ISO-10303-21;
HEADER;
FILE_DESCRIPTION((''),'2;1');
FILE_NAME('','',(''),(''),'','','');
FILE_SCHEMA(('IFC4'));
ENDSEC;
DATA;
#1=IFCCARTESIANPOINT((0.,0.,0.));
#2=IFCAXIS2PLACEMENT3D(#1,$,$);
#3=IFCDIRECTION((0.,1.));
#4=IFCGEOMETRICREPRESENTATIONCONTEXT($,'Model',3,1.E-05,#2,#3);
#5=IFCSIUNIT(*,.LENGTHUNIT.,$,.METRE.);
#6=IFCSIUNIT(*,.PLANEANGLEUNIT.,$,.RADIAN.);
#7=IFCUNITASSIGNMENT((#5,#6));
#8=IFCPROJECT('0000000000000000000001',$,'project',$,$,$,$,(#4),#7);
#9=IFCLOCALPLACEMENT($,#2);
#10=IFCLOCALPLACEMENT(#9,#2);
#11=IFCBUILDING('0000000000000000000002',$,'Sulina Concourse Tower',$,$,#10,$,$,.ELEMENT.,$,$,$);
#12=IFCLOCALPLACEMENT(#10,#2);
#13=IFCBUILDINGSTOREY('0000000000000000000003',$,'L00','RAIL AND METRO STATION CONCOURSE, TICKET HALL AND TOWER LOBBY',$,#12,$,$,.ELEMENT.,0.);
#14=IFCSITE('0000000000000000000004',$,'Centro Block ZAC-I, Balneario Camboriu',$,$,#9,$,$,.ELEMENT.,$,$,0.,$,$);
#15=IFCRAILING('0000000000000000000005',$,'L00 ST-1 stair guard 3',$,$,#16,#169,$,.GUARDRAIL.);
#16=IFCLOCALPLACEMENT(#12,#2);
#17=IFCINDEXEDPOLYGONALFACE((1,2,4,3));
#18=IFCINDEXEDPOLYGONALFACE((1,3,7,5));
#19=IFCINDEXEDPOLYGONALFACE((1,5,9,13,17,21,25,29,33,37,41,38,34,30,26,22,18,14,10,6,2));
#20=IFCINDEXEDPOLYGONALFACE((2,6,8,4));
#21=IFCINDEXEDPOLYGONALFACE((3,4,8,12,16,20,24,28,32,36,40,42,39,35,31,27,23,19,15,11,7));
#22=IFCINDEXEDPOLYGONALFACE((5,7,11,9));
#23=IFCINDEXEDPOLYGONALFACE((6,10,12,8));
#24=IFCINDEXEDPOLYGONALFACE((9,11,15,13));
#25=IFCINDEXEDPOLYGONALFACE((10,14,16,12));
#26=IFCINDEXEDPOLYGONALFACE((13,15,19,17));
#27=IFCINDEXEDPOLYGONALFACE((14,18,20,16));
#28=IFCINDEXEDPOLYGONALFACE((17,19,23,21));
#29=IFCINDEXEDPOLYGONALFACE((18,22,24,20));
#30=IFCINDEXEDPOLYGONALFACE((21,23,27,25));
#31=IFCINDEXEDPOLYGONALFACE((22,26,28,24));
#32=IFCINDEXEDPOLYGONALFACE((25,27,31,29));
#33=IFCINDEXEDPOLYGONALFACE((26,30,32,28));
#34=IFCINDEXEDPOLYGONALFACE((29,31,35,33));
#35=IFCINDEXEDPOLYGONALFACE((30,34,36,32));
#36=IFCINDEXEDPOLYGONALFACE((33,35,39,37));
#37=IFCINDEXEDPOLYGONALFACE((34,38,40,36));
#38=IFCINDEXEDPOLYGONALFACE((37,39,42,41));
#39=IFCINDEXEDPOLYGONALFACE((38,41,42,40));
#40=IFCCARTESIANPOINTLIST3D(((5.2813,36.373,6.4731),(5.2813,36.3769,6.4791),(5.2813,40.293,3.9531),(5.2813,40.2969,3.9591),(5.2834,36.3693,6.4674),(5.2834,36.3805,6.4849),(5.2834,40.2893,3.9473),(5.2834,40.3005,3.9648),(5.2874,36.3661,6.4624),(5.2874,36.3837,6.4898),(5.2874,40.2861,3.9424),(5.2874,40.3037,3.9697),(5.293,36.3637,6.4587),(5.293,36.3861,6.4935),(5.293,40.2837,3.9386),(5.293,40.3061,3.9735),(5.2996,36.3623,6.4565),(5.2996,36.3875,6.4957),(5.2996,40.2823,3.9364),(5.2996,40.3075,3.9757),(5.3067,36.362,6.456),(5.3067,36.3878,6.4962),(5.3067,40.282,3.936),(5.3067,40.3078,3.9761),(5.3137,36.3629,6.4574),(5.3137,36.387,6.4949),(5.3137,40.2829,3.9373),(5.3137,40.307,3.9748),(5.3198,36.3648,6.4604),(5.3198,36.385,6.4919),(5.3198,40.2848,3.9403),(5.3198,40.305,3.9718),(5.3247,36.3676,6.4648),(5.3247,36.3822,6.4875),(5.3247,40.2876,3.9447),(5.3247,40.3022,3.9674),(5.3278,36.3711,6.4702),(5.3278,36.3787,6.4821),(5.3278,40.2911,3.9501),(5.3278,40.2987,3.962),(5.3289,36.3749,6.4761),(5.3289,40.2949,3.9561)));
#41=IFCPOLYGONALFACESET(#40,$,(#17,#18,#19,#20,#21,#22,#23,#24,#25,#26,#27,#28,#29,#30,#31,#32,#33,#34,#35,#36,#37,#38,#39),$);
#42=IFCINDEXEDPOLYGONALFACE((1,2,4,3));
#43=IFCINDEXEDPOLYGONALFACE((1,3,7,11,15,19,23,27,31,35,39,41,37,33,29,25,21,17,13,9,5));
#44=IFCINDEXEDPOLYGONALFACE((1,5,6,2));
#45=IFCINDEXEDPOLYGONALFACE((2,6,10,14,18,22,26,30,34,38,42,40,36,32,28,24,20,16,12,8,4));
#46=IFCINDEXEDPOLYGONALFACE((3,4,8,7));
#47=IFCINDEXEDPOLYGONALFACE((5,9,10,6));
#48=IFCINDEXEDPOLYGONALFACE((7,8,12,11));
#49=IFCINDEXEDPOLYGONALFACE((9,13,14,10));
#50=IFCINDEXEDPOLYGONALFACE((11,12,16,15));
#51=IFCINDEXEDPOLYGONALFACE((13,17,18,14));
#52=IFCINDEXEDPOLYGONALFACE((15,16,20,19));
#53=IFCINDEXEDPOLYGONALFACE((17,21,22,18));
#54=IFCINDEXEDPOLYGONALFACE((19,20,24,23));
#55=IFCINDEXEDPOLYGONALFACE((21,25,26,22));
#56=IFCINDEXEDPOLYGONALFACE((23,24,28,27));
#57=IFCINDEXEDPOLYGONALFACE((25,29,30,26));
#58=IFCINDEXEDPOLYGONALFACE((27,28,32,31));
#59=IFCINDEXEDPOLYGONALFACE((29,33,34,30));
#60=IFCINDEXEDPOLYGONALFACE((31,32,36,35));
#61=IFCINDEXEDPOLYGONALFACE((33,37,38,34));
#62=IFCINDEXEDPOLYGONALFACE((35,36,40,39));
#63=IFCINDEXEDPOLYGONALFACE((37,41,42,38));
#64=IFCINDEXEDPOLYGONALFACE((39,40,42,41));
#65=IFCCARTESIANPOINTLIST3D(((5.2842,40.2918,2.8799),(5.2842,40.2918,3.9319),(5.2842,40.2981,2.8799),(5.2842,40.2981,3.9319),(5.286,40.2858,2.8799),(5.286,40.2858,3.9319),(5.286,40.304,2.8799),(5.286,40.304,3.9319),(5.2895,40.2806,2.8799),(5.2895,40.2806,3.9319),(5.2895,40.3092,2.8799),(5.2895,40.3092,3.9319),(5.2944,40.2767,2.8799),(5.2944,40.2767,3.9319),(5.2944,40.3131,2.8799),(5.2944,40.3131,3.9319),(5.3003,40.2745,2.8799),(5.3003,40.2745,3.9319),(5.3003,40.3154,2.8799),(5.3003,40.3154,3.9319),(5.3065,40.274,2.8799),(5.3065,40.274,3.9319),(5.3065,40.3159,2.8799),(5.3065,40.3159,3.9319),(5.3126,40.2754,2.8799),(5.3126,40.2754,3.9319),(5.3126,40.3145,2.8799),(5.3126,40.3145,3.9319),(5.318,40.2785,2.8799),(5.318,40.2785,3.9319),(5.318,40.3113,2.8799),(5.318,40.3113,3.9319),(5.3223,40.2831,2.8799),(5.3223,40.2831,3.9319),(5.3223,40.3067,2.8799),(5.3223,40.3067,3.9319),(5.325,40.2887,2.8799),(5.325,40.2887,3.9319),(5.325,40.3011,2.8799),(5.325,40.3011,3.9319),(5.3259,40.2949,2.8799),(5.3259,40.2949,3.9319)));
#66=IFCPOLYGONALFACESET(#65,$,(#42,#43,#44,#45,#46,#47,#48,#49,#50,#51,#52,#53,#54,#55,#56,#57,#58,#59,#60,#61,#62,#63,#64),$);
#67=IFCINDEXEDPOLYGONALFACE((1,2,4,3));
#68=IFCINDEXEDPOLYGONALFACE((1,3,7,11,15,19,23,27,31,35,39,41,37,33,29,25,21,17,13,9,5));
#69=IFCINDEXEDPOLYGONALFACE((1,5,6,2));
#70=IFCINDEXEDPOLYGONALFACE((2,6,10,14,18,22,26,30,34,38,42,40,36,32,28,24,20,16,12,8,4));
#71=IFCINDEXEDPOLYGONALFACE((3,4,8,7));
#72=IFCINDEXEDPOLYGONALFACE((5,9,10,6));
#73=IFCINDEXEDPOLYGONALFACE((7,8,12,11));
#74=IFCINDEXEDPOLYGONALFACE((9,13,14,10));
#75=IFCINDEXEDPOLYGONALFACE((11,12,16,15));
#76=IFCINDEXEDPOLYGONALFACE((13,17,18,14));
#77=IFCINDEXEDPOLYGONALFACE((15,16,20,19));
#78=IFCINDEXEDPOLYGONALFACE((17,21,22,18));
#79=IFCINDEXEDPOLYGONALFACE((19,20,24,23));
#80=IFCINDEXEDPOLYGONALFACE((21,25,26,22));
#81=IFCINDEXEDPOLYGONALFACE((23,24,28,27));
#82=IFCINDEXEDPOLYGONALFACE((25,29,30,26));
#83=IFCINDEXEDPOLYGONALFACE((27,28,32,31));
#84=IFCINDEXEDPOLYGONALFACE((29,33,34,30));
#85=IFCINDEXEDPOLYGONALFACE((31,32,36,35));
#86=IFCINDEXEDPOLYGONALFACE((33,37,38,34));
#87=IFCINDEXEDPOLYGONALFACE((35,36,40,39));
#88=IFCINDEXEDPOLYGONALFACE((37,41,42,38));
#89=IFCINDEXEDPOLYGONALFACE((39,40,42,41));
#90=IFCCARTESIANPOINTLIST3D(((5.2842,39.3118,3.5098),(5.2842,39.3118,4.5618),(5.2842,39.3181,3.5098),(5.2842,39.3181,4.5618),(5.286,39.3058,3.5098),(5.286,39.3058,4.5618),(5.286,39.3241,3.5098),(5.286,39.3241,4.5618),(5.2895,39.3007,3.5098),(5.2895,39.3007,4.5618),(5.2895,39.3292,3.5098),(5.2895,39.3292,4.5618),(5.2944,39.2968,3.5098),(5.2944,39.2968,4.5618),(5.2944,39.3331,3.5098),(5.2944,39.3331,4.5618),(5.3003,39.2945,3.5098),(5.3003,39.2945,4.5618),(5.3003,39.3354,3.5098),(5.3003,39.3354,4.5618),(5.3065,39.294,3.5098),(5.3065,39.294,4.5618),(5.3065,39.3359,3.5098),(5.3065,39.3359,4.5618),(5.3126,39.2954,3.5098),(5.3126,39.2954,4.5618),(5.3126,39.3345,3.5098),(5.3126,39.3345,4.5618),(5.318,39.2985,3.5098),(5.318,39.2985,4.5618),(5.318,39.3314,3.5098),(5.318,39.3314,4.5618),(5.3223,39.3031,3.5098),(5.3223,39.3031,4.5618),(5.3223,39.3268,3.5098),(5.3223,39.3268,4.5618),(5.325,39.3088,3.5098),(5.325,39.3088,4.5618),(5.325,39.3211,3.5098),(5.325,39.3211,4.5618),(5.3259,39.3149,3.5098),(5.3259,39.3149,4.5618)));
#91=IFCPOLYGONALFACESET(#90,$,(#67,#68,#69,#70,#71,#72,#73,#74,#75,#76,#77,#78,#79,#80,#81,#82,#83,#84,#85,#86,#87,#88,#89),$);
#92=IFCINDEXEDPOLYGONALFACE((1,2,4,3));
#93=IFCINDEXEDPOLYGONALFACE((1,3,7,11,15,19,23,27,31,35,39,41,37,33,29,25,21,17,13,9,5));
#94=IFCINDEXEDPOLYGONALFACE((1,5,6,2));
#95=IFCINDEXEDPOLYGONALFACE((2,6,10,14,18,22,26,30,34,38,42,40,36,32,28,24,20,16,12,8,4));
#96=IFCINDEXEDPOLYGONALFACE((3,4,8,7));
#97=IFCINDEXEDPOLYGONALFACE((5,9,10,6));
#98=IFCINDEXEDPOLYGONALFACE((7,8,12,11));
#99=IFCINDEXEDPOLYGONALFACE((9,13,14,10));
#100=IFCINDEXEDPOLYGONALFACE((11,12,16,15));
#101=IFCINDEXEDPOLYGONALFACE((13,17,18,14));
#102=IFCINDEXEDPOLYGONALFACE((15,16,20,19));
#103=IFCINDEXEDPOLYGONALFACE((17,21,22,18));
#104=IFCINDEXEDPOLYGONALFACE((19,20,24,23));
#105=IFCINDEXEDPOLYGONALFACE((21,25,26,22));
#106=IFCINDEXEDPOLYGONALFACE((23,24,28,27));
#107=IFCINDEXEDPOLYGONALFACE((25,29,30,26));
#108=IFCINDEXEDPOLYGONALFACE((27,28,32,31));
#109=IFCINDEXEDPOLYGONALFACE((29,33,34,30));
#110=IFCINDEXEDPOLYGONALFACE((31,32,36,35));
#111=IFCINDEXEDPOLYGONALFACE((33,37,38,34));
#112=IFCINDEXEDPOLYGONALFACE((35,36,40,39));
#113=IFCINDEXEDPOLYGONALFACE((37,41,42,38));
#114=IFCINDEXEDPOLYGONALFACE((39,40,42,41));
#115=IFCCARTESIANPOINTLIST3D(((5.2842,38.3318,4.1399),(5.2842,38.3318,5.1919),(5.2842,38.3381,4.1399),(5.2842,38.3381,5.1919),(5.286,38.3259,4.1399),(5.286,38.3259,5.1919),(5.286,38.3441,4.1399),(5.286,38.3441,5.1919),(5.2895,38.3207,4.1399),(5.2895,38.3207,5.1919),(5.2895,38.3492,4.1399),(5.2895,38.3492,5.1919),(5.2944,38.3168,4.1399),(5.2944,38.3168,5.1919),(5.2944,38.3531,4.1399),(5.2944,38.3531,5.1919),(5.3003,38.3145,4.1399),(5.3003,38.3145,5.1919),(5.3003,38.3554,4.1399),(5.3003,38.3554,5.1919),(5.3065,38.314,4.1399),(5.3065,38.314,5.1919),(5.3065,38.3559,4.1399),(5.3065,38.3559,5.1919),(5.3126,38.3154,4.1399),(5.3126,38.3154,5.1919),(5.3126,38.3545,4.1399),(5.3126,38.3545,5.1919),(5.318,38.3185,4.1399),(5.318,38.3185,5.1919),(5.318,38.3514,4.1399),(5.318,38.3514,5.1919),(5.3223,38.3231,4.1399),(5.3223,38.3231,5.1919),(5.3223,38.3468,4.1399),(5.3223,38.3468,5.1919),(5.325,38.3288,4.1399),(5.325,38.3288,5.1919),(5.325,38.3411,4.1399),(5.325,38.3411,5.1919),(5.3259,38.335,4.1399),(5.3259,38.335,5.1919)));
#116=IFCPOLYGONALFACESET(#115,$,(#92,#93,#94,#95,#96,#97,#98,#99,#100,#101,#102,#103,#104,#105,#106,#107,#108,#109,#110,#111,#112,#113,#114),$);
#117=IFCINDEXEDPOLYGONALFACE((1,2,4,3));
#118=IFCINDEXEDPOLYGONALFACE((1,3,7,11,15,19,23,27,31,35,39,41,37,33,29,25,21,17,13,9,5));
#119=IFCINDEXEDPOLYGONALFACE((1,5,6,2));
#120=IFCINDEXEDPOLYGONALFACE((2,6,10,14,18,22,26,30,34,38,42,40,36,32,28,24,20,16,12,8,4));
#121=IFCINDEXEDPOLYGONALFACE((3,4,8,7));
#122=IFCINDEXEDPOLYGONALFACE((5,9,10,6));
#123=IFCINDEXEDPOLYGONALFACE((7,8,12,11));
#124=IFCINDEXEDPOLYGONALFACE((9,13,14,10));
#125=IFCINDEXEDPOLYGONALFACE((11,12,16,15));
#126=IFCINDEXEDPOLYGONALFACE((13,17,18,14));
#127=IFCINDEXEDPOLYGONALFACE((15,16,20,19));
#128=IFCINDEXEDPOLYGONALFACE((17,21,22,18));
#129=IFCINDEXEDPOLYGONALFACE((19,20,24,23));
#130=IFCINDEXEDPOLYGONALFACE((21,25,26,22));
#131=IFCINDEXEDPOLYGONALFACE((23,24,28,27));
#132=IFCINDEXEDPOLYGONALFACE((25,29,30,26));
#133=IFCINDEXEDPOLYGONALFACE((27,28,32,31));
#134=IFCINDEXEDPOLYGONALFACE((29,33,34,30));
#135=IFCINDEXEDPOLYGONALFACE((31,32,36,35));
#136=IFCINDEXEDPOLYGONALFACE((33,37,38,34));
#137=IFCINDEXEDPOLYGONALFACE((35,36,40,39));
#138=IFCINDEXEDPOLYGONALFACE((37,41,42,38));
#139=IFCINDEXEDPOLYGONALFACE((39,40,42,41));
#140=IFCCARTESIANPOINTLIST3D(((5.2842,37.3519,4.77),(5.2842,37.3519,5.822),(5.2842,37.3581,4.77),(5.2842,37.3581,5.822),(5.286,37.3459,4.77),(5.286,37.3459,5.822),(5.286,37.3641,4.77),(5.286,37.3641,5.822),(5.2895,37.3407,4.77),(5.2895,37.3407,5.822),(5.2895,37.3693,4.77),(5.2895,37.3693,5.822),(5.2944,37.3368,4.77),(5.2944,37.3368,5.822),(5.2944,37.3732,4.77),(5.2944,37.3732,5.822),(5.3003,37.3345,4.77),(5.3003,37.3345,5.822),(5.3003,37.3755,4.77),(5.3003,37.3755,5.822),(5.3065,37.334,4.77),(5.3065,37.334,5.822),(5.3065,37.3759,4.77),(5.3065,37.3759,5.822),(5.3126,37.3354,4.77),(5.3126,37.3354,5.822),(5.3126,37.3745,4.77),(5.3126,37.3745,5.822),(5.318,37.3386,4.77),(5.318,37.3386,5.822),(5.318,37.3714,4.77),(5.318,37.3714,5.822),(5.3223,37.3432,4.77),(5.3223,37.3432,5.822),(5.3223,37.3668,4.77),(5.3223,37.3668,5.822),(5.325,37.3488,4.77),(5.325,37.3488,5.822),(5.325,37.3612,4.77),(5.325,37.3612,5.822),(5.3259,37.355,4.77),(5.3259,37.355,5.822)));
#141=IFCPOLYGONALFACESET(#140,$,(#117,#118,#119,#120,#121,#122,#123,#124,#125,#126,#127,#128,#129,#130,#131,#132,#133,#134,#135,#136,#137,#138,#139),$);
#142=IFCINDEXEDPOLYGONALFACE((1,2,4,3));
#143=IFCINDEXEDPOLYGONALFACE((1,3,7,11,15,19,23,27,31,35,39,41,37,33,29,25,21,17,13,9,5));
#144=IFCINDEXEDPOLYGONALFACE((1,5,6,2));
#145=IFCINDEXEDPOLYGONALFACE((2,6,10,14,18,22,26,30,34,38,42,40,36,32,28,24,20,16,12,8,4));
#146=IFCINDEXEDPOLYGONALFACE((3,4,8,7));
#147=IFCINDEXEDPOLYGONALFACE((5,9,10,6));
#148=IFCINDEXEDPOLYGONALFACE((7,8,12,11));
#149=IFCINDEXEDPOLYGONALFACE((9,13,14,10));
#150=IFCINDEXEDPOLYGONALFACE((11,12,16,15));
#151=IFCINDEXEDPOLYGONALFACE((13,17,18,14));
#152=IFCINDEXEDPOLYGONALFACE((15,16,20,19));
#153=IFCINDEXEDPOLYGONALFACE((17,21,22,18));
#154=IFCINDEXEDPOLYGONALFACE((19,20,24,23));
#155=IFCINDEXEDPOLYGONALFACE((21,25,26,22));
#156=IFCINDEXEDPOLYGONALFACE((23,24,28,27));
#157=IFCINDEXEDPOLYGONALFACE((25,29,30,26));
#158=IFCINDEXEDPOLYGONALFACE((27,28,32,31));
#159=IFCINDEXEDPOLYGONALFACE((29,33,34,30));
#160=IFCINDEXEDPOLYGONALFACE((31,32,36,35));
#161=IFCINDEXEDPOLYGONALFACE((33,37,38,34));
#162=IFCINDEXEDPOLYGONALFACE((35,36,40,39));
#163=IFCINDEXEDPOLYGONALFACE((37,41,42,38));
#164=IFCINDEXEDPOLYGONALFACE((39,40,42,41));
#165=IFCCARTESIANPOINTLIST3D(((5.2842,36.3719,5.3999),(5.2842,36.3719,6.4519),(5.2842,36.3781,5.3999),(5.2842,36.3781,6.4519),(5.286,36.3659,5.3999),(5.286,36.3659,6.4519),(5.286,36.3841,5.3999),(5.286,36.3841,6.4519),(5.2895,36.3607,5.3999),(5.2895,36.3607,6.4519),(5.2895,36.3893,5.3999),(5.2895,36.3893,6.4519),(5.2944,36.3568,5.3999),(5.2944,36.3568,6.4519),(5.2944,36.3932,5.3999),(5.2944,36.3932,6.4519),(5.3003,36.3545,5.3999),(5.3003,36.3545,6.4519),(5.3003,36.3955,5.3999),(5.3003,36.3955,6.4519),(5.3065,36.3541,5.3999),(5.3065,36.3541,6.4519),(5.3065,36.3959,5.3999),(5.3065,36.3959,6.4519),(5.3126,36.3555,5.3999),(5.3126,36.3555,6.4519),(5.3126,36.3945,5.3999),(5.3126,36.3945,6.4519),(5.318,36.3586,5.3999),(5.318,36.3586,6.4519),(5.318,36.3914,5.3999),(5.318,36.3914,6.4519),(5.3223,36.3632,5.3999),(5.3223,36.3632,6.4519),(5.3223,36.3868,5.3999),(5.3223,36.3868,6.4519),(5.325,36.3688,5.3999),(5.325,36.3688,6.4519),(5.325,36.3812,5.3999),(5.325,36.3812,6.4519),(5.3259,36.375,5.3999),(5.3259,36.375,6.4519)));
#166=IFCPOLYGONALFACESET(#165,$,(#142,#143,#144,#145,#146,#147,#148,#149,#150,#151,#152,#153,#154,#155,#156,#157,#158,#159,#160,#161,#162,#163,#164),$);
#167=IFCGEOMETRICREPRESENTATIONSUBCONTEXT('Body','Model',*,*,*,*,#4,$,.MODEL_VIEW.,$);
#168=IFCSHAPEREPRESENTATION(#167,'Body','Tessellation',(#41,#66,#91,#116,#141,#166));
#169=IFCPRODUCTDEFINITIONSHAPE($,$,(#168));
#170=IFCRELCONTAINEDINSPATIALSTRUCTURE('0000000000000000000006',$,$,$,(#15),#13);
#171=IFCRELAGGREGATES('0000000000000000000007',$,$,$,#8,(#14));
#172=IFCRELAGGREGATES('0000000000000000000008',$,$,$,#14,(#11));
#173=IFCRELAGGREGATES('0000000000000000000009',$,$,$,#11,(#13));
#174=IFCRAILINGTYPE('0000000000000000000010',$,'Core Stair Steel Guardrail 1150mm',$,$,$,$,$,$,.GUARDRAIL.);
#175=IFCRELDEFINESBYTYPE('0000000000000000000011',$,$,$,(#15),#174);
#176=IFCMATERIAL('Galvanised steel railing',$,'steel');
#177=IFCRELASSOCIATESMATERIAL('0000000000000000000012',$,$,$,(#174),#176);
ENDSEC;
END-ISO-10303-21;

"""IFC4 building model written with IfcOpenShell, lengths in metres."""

from ifc_helpers import new_model, si_unit, direction, frame, origin, origin_2d, place, context, subcontext, project, spatial, circle, extrude, material, type_object, element, save


model = new_model("IFC4")

# Units and contexts
model_context = context("Model", 3, precision=1e-05, world=origin(), true_north=direction((0.0, 1.0)))
body_context = subcontext(model_context, "Body", "Model", "MODEL_VIEW")
ifc_project = project(units=[si_unit("LENGTHUNIT", "METRE"), si_unit("PLANEANGLEUNIT", "RADIAN")], contexts=[model_context])

# Site, building, storey
site_placement = place(None, origin())
site = spatial("IfcSite", under=ifc_project, at=site_placement, Name="Centro Block ZAC-I, Balneario Camboriu", CompositionType="ELEMENT", RefElevation=0.0)
building_placement = place(site_placement, origin())
building = spatial("IfcBuilding", under=site, at=building_placement, Name="Sulina Concourse Tower", CompositionType="ELEMENT")
storey_placement = place(building_placement, origin())
storey = spatial("IfcBuildingStorey", under=building, at=storey_placement, Name="L00", Description="RAIL AND METRO STATION CONCOURSE, TICKET HALL AND TOWER LOBBY", CompositionType="ELEMENT", Elevation=0.0)

# Railing
ifc_material_1 = material(Name="Galvanised steel railing", Category="steel")
railing_type_1 = type_object("IfcRailingType", Name="Core Stair Steel Guardrail 1150mm", PredefinedType="GUARDRAIL", material=ifc_material_1)
railing_1_placement = place(storey_placement, frame((5.3049, 40.2949, 2.8799)))
element("IfcRailing", 1, at=railing_1_placement, inside=storey, type_object=railing_type_1, Name="L00 ST-1 stair guard 3", PredefinedType="GUARDRAIL", context=body_context, shape_type="SweptSolid", body=[
    extrude(circle(Radius=0.0239, at=origin_2d()), frame((0.0, 0.0, 1.0762), z_axis=(0.0, -0.841172, 0.540768), x_axis=(1.0, 0.0, 0.0)), (0.0, 0.0, 1.0), 4.6602),
    extrude(circle(Radius=0.021, at=origin_2d()), origin(), (0.0, 0.0, 1.0), 1.052),
    extrude(circle(Radius=0.021, at=origin_2d()), frame((0.0, -0.98, 0.6299)), (0.0, 0.0, 1.0), 1.052),
    extrude(circle(Radius=0.021, at=origin_2d()), frame((0.0, -1.96, 1.26)), (0.0, 0.0, 1.0), 1.052),
    extrude(circle(Radius=0.021, at=origin_2d()), frame((0.0, -2.9399, 1.8901)), (0.0, 0.0, 1.0), 1.052),
    extrude(circle(Radius=0.021, at=origin_2d()), frame((0.0, -3.9199, 2.52)), (0.0, 0.0, 1.0), 1.052),
])

save(model, "model.ifc")
